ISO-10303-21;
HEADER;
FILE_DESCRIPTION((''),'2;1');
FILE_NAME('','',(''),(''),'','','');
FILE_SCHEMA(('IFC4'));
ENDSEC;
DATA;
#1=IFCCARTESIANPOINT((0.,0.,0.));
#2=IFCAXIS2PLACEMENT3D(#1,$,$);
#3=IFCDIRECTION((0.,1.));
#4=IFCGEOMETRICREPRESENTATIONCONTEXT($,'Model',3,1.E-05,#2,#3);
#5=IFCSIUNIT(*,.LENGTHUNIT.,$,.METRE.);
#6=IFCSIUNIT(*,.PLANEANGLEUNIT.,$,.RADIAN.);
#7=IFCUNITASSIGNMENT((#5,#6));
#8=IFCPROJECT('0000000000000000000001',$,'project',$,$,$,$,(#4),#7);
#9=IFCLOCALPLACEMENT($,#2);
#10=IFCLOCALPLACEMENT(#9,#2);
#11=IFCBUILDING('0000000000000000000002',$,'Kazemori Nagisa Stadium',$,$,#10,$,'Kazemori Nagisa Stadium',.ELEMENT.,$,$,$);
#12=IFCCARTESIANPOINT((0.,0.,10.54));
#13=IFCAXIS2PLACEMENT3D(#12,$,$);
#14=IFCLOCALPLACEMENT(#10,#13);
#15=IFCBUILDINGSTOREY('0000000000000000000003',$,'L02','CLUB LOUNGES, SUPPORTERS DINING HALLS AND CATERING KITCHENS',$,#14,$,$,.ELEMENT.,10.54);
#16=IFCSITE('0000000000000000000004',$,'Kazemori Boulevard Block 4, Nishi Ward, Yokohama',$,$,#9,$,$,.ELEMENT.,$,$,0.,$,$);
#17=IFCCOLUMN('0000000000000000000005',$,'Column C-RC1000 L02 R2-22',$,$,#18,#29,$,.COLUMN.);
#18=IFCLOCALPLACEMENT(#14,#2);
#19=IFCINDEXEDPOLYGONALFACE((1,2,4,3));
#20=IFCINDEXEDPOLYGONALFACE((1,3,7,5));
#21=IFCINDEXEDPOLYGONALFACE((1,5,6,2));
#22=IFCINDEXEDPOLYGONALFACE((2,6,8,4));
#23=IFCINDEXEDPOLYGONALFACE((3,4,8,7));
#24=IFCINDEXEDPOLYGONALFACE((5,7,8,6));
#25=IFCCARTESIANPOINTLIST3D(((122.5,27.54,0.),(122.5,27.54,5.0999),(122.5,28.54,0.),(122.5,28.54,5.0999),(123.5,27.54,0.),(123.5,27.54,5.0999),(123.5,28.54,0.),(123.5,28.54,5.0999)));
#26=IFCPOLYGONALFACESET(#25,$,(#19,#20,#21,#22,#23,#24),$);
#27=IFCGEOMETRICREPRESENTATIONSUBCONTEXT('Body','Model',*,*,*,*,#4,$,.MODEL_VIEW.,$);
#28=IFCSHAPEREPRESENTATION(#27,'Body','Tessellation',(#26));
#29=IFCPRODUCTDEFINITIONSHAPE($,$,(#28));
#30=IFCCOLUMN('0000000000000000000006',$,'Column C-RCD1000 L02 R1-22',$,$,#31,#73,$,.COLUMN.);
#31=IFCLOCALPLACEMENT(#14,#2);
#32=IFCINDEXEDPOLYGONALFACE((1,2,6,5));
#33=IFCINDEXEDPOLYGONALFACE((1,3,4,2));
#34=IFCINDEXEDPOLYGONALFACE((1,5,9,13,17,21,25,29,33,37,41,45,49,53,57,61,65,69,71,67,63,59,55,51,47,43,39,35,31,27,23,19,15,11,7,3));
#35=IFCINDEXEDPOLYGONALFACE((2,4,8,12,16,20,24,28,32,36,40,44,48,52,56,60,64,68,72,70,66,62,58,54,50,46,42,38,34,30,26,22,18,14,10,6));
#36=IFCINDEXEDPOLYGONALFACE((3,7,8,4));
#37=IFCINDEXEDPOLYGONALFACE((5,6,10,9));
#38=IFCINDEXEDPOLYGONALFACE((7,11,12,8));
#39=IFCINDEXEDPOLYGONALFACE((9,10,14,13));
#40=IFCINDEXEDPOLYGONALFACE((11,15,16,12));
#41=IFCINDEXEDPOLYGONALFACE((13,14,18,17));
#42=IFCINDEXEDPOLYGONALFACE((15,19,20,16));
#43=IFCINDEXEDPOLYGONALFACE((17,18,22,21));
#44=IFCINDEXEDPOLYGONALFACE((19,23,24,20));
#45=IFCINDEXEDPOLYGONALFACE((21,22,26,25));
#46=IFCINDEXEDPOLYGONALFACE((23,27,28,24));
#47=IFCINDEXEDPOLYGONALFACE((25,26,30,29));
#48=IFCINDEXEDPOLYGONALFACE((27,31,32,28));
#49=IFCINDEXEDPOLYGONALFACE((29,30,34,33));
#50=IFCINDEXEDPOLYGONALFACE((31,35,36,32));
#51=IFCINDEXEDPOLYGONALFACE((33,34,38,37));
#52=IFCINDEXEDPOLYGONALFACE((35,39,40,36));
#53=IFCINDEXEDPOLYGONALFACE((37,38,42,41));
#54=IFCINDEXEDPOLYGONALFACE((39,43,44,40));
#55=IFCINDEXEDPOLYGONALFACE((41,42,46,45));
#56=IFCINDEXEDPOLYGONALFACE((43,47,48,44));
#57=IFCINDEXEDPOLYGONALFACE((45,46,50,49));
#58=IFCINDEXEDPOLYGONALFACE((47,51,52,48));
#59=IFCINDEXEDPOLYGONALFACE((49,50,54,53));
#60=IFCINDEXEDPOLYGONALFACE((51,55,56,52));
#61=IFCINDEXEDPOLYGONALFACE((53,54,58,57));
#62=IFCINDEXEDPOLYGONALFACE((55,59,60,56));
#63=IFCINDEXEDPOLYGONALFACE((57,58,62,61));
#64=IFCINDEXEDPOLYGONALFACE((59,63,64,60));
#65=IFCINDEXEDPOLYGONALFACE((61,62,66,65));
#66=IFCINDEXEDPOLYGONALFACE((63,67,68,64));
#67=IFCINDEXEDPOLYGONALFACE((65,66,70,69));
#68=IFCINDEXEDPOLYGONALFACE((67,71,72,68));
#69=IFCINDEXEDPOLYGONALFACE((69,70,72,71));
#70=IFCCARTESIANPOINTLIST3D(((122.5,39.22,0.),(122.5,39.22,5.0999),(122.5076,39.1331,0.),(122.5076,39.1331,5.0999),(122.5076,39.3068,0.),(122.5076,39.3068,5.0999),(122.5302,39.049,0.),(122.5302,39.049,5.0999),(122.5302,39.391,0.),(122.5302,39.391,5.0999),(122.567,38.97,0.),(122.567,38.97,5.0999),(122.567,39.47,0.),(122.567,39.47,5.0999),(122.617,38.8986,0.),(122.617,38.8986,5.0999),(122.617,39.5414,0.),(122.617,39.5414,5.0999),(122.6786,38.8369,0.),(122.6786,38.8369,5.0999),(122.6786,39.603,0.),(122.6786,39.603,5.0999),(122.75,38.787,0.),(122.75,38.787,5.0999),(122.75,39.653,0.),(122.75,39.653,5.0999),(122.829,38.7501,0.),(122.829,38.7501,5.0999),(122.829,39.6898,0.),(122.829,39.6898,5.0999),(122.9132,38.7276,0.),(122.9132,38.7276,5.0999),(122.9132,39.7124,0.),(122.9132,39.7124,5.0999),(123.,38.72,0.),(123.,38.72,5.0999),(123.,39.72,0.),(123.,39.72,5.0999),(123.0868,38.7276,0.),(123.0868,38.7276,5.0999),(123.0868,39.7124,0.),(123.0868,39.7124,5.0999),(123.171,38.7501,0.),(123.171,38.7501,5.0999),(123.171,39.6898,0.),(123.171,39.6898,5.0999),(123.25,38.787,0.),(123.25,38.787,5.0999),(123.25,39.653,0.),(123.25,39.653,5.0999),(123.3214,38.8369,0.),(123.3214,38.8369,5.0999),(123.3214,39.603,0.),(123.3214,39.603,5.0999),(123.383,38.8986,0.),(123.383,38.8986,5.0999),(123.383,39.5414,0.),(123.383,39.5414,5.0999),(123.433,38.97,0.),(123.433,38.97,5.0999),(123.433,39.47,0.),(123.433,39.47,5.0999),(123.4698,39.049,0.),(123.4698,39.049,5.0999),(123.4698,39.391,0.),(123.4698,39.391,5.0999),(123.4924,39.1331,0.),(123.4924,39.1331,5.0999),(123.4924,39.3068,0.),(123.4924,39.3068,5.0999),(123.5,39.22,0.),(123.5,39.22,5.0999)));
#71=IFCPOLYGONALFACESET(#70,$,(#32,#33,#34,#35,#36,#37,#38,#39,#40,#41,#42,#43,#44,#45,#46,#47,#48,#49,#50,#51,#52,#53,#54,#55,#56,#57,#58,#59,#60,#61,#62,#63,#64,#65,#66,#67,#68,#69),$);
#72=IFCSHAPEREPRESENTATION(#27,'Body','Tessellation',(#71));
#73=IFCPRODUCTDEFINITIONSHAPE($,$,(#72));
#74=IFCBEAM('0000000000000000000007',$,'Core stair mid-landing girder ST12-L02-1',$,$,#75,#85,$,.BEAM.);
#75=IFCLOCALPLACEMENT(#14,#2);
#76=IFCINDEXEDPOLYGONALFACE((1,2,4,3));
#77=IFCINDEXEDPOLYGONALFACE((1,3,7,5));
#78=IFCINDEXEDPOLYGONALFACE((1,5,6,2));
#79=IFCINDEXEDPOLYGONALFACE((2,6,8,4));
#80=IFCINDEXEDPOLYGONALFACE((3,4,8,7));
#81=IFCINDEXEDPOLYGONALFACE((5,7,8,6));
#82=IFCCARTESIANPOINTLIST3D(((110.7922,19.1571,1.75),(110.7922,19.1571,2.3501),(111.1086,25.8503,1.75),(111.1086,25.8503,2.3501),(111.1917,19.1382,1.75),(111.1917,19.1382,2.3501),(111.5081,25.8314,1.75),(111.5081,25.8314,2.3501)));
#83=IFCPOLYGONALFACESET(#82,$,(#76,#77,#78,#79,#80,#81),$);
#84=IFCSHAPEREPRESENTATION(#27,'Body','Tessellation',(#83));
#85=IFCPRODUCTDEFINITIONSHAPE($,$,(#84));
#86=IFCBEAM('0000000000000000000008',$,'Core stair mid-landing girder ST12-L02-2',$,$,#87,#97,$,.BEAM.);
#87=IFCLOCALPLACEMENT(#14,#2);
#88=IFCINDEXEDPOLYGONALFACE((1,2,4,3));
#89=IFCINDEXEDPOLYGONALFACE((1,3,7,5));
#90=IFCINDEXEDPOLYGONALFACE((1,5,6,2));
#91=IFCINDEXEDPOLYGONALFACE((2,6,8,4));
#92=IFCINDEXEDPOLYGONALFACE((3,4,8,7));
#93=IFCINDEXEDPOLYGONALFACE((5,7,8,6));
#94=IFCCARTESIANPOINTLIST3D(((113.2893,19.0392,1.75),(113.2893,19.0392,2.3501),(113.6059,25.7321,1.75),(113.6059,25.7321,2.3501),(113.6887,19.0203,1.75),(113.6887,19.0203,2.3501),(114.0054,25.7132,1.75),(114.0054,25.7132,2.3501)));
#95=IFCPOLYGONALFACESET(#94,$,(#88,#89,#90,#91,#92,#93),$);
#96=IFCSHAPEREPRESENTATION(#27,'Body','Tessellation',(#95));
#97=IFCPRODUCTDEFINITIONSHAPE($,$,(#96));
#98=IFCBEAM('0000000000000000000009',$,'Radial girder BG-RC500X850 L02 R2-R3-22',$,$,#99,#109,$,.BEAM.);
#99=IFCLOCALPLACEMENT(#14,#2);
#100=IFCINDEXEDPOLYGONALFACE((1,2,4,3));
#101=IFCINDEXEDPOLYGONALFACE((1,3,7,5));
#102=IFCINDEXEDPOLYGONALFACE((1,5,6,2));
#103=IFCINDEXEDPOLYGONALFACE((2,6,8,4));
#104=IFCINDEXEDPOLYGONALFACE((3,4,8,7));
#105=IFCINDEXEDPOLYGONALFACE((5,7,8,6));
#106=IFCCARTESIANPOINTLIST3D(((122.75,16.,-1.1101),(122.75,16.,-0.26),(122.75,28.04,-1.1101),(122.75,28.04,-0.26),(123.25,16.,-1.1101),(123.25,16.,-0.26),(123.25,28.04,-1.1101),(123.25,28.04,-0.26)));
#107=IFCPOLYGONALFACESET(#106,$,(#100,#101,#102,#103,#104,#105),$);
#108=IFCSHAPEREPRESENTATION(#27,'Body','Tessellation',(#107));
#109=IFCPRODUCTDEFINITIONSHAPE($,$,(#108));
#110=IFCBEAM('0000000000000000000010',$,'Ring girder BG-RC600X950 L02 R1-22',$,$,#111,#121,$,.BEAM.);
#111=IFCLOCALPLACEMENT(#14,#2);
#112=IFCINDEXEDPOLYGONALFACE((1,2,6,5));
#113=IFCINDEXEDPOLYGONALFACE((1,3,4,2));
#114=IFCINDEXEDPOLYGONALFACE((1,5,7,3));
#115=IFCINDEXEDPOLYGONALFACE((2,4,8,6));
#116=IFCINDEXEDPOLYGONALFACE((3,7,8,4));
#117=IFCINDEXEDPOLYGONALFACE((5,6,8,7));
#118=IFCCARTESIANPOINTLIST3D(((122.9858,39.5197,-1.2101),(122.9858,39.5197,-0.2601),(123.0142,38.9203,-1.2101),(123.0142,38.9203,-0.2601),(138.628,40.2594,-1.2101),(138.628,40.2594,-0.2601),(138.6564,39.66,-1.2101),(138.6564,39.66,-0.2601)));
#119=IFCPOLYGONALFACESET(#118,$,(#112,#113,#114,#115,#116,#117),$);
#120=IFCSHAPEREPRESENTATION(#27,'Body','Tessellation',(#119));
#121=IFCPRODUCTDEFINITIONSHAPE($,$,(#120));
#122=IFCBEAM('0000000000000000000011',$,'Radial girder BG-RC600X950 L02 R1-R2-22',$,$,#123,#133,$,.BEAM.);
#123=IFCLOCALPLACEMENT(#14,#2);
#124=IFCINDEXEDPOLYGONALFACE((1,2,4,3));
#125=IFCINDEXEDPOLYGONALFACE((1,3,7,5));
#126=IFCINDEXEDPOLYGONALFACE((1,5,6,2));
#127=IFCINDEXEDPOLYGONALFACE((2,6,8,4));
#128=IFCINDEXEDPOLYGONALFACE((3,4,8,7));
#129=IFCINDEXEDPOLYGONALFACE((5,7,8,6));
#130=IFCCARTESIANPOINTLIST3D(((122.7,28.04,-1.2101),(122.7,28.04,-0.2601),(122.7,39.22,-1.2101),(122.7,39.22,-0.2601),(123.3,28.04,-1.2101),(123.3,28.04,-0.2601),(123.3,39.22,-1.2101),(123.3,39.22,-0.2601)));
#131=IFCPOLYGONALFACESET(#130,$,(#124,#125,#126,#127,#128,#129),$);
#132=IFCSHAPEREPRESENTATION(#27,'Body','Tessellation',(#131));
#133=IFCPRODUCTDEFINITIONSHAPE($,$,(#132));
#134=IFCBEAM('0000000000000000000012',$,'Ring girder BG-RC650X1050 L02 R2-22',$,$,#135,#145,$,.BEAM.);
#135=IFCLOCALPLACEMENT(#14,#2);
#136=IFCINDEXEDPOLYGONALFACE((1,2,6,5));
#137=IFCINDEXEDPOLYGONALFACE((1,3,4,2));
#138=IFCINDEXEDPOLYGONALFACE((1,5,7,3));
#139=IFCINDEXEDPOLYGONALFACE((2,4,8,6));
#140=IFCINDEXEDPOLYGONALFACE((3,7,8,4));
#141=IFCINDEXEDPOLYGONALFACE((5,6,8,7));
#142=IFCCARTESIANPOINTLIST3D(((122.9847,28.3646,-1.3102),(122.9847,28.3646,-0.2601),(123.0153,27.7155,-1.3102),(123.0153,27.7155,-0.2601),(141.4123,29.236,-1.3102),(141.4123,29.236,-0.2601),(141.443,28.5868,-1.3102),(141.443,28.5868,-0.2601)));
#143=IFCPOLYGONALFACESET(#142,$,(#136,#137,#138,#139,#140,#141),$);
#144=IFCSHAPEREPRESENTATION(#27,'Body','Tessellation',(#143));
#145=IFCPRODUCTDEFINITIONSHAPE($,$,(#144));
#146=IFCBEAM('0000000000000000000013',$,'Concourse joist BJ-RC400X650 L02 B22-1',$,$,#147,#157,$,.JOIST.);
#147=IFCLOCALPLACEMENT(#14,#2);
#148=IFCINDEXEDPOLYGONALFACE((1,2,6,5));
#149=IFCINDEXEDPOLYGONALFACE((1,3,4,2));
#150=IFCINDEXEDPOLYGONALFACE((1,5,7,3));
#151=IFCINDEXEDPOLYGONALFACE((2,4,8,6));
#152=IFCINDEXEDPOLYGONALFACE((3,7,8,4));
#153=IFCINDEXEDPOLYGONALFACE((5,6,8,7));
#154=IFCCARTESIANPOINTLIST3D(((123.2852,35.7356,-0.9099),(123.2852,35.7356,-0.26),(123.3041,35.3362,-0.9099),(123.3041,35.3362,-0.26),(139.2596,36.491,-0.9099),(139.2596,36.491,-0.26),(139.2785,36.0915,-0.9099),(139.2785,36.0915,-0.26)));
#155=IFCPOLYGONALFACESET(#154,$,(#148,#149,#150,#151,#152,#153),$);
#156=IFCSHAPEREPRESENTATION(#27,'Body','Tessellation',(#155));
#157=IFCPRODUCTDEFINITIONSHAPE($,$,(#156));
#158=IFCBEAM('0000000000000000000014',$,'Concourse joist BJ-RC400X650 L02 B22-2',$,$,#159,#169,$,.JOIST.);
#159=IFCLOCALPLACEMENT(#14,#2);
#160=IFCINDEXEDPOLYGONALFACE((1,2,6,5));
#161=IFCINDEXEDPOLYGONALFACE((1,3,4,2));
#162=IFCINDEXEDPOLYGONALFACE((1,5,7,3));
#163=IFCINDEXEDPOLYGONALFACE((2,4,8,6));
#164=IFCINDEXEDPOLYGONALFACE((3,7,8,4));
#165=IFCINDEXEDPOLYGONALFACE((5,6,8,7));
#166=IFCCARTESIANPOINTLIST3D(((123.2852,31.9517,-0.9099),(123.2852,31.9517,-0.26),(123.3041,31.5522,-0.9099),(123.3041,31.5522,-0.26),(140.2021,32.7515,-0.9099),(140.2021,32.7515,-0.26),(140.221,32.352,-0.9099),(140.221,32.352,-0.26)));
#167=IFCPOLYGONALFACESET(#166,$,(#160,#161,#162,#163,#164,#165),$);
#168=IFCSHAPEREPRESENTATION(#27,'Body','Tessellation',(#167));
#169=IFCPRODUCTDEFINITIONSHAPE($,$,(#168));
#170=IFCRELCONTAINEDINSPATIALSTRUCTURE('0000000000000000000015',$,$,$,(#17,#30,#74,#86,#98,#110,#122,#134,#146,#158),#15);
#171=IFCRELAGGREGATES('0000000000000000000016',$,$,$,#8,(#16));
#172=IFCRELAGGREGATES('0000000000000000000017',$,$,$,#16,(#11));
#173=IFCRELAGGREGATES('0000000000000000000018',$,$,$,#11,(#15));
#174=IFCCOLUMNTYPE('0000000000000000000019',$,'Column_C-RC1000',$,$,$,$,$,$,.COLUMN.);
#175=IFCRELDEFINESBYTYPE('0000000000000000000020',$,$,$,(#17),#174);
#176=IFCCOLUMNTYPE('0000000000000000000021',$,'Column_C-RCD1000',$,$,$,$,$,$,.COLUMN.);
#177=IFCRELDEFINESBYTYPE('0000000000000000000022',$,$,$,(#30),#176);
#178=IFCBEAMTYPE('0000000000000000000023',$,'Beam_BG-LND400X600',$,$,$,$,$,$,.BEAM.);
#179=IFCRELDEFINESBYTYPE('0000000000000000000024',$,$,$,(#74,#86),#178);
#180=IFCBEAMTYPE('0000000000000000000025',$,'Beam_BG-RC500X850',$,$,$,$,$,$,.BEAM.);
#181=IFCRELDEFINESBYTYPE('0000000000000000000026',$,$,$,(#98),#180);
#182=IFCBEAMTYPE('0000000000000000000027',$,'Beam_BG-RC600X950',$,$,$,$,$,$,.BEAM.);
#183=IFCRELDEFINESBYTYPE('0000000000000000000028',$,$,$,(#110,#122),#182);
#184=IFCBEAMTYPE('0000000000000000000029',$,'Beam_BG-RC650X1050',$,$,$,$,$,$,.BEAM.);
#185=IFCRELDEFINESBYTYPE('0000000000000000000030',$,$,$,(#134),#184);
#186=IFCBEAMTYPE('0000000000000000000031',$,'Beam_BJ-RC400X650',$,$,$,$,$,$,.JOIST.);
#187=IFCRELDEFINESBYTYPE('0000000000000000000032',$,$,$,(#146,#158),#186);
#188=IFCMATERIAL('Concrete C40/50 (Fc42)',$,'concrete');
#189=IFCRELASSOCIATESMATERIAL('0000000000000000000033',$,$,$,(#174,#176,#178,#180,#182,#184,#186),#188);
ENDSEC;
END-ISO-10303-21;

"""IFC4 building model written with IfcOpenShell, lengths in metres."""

from ifc_helpers import new_model, si_unit, direction, frame, origin, origin_2d, place, context, subcontext, project, spatial, rectangle, circle, extrude, material, material_profile, profile_set, type_object, element, save


model = new_model("IFC4")

# Units and contexts
model_context = context("Model", 3, precision=1e-05, world=origin(), true_north=direction((0.0, 1.0)))
body_context = subcontext(model_context, "Body", "Model", "MODEL_VIEW")
ifc_project = project(units=[si_unit("LENGTHUNIT", "METRE"), si_unit("PLANEANGLEUNIT", "RADIAN")], contexts=[model_context])

# Site, building, storey
site_placement = place(None, origin())
site = spatial("IfcSite", under=ifc_project, at=site_placement, Name="Kazemori Boulevard Block 4, Nishi Ward, Yokohama", CompositionType="ELEMENT", RefElevation=0.0)
building_placement = place(site_placement, origin())
building = spatial("IfcBuilding", under=site, at=building_placement, Name="Kazemori Nagisa Stadium", LongName="Kazemori Nagisa Stadium", CompositionType="ELEMENT")
storey_placement = place(building_placement, frame((0.0, 0.0, 10.54)))
storey = spatial("IfcBuildingStorey", under=building, at=storey_placement, Name="L02", Description="CLUB LOUNGES, SUPPORTERS DINING HALLS AND CATERING KITCHENS", CompositionType="ELEMENT", Elevation=10.54)

# Columns
ifc_material_1 = material(Name="Concrete C40/50 (Fc42)", Category="concrete")
ifc_material_profile_1 = material_profile(ifc_material_1, rectangle(XDim=1.0, YDim=1.0, at=origin_2d()), Name="RC-COL-1000x1000")
ifc_profile_set_1 = profile_set([ifc_material_profile_1], Name="Concrete C40/50 (Fc42)")
column_type_1 = type_object("IfcColumnType", Name="Column_C-RC1000", PredefinedType="COLUMN", material=ifc_profile_set_1)
column_1_placement = place(storey_placement, frame((123.0, 28.04, 0.0), z_axis=(0.0, 0.0, 1.0), x_axis=(0.0, -1.0, 0.0)))
element("IfcColumn", 1, at=column_1_placement, inside=storey, type_object=column_type_1, Name="Column C-RC1000 L02 R2-22", PredefinedType="COLUMN", context=body_context, shape_type="SweptSolid", body=[
    extrude(rectangle(XDim=1.0, YDim=1.0, at=origin_2d()), origin(), (0.0, 0.0, 1.0), 5.0999),
])
ifc_material_profile_2 = material_profile(ifc_material_1, circle(Radius=0.5, at=origin_2d()), Name="RC-COL-D1000")
ifc_profile_set_2 = profile_set([ifc_material_profile_2], Name="Concrete C40/50 (Fc42)")
column_type_2 = type_object("IfcColumnType", Name="Column_C-RCD1000", PredefinedType="COLUMN", material=ifc_profile_set_2)
column_2_placement = place(storey_placement, frame((123.0, 39.22, 0.0), z_axis=(0.0, 0.0, 1.0), x_axis=(0.0, -1.0, 0.0)))
element("IfcColumn", 2, at=column_2_placement, inside=storey, type_object=column_type_2, Name="Column C-RCD1000 L02 R1-22", PredefinedType="COLUMN", context=body_context, shape_type="SweptSolid", body=[
    extrude(circle(Radius=0.5, at=origin_2d()), origin(), (0.0, 0.0, 1.0), 5.0999),
])

# Beams
ifc_material_profile_3 = material_profile(ifc_material_1, rectangle(XDim=0.3999, YDim=0.6001, at=origin_2d()), Name="RC-BM-400x600")
ifc_profile_set_3 = profile_set([ifc_material_profile_3], Name="Concrete C40/50 (Fc42)")
beam_type_1 = type_object("IfcBeamType", Name="Beam_BG-LND400X600", PredefinedType="BEAM", material=ifc_profile_set_3)
beam_1_placement = place(storey_placement, frame((111.3083, 25.8408, 2.05), z_axis=(-0.047221, -0.998884, 0.0), x_axis=(0.998884, -0.047221, 0.0)))
element("IfcBeam", 3, at=beam_1_placement, inside=storey, type_object=beam_type_1, Name="Core stair mid-landing girder ST12-L02-1", PredefinedType="BEAM", context=body_context, shape_type="SweptSolid", body=[
    extrude(rectangle(XDim=0.3999, YDim=0.6001, at=origin_2d()), origin(), (0.0, 0.0, 1.0), 6.7007),
])
beam_2_placement = place(storey_placement, frame((113.8057, 25.7227, 2.05), z_axis=(-0.047259, -0.998883, 0.0), x_axis=(0.998883, -0.047259, 0.0)))
element("IfcBeam", 4, at=beam_2_placement, inside=storey, type_object=beam_type_1, Name="Core stair mid-landing girder ST12-L02-2", PredefinedType="BEAM", context=body_context, shape_type="SweptSolid", body=[
    extrude(rectangle(XDim=0.3999, YDim=0.6001, at=origin_2d()), origin(), (0.0, 0.0, 1.0), 6.7004),
])
ifc_material_profile_4 = material_profile(ifc_material_1, rectangle(XDim=0.5, YDim=0.8501, at=origin_2d()), Name="RC-BM-500x850")
ifc_profile_set_4 = profile_set([ifc_material_profile_4], Name="Concrete C40/50 (Fc42)")
beam_type_2 = type_object("IfcBeamType", Name="Beam_BG-RC500X850", PredefinedType="BEAM", material=ifc_profile_set_4)
beam_3_placement = place(storey_placement, frame((123.0, 28.04, -0.6851), z_axis=(0.0, -1.0, 0.0), x_axis=(1.0, 0.0, 0.0)))
element("IfcBeam", 5, at=beam_3_placement, inside=storey, type_object=beam_type_2, Name="Radial girder BG-RC500X850 L02 R2-R3-22", PredefinedType="BEAM", context=body_context, shape_type="SweptSolid", body=[
    extrude(rectangle(XDim=0.5, YDim=0.8501, at=origin_2d()), origin(), (0.0, 0.0, 1.0), 12.04),
])
ifc_material_profile_5 = material_profile(ifc_material_1, rectangle(XDim=0.6001, YDim=0.95, at=origin_2d()), Name="RC-BM-600x950")
ifc_profile_set_5 = profile_set([ifc_material_profile_5], Name="Concrete C40/50 (Fc42)")
beam_type_3 = type_object("IfcBeamType", Name="Beam_BG-RC600X950", PredefinedType="BEAM", material=ifc_profile_set_5)
beam_4_placement = place(storey_placement, frame((123.0, 39.22, -0.7351), z_axis=(0.998884, 0.047239, 0.0), x_axis=(-0.047239, 0.998884, 0.0)))
element("IfcBeam", 6, at=beam_4_placement, inside=storey, type_object=beam_type_3, Name="Ring girder BG-RC600X950 L02 R1-22", PredefinedType="BEAM", context=body_context, shape_type="SweptSolid", body=[
    extrude(rectangle(XDim=0.6001, YDim=0.95, at=origin_2d()), origin(), (0.0, 0.0, 1.0), 15.6597),
])
beam_5_placement = place(storey_placement, frame((123.0, 39.22, -0.7351), z_axis=(0.0, -1.0, 0.0), x_axis=(1.0, 0.0, 0.0)))
element("IfcBeam", 7, at=beam_5_placement, inside=storey, type_object=beam_type_3, Name="Radial girder BG-RC600X950 L02 R1-R2-22", PredefinedType="BEAM", context=body_context, shape_type="SweptSolid", body=[
    extrude(rectangle(XDim=0.6001, YDim=0.95, at=origin_2d()), origin(), (0.0, 0.0, 1.0), 11.1799),
])
ifc_material_profile_6 = material_profile(ifc_material_1, rectangle(XDim=0.6499, YDim=1.05, at=origin_2d()), Name="RC-BM-650x1050")
ifc_profile_set_6 = profile_set([ifc_material_profile_6], Name="Concrete C40/50 (Fc42)")
beam_type_4 = type_object("IfcBeamType", Name="Beam_BG-RC650X1050", PredefinedType="BEAM", material=ifc_profile_set_6)
beam_6_placement = place(storey_placement, frame((123.0, 28.04, -0.7852), z_axis=(0.998884, 0.047231, 0.0), x_axis=(-0.047231, 0.998884, 0.0)))
element("IfcBeam", 8, at=beam_6_placement, inside=storey, type_object=beam_type_4, Name="Ring girder BG-RC650X1050 L02 R2-22", PredefinedType="BEAM", context=body_context, shape_type="SweptSolid", body=[
    extrude(rectangle(XDim=0.6499, YDim=1.05, at=origin_2d()), origin(), (0.0, 0.0, 1.0), 18.4482),
])
ifc_material_profile_7 = material_profile(ifc_material_1, rectangle(XDim=0.3999, YDim=0.6499, at=origin_2d()), Name="RC-BM-400x650")
ifc_profile_set_7 = profile_set([ifc_material_profile_7], Name="Concrete C40/50 (Fc42)")
beam_type_5 = type_object("IfcBeamType", Name="Beam_BJ-RC400X650", PredefinedType="JOIST", material=ifc_profile_set_7)
beam_7_placement = place(storey_placement, frame((123.2947, 35.5359, -0.585), z_axis=(0.998884, 0.047234, 0.0), x_axis=(-0.047234, 0.998884, 0.0)))
element("IfcBeam", 9, at=beam_7_placement, inside=storey, type_object=beam_type_5, Name="Concourse joist BJ-RC400X650 L02 B22-1", PredefinedType="JOIST", context=body_context, shape_type="SweptSolid", body=[
    extrude(rectangle(XDim=0.3999, YDim=0.6499, at=origin_2d()), origin(), (0.0, 0.0, 1.0), 15.9922),
])
beam_8_placement = place(storey_placement, frame((123.2947, 31.752, -0.585), z_axis=(0.998884, 0.047225, 0.0), x_axis=(-0.047225, 0.998884, 0.0)))
element("IfcBeam", 10, at=beam_8_placement, inside=storey, type_object=beam_type_5, Name="Concourse joist BJ-RC400X650 L02 B22-2", PredefinedType="JOIST", context=body_context, shape_type="SweptSolid", body=[
    extrude(rectangle(XDim=0.3999, YDim=0.6499, at=origin_2d()), origin(), (0.0, 0.0, 1.0), 16.9358),
])

save(model, "model.ifc")
